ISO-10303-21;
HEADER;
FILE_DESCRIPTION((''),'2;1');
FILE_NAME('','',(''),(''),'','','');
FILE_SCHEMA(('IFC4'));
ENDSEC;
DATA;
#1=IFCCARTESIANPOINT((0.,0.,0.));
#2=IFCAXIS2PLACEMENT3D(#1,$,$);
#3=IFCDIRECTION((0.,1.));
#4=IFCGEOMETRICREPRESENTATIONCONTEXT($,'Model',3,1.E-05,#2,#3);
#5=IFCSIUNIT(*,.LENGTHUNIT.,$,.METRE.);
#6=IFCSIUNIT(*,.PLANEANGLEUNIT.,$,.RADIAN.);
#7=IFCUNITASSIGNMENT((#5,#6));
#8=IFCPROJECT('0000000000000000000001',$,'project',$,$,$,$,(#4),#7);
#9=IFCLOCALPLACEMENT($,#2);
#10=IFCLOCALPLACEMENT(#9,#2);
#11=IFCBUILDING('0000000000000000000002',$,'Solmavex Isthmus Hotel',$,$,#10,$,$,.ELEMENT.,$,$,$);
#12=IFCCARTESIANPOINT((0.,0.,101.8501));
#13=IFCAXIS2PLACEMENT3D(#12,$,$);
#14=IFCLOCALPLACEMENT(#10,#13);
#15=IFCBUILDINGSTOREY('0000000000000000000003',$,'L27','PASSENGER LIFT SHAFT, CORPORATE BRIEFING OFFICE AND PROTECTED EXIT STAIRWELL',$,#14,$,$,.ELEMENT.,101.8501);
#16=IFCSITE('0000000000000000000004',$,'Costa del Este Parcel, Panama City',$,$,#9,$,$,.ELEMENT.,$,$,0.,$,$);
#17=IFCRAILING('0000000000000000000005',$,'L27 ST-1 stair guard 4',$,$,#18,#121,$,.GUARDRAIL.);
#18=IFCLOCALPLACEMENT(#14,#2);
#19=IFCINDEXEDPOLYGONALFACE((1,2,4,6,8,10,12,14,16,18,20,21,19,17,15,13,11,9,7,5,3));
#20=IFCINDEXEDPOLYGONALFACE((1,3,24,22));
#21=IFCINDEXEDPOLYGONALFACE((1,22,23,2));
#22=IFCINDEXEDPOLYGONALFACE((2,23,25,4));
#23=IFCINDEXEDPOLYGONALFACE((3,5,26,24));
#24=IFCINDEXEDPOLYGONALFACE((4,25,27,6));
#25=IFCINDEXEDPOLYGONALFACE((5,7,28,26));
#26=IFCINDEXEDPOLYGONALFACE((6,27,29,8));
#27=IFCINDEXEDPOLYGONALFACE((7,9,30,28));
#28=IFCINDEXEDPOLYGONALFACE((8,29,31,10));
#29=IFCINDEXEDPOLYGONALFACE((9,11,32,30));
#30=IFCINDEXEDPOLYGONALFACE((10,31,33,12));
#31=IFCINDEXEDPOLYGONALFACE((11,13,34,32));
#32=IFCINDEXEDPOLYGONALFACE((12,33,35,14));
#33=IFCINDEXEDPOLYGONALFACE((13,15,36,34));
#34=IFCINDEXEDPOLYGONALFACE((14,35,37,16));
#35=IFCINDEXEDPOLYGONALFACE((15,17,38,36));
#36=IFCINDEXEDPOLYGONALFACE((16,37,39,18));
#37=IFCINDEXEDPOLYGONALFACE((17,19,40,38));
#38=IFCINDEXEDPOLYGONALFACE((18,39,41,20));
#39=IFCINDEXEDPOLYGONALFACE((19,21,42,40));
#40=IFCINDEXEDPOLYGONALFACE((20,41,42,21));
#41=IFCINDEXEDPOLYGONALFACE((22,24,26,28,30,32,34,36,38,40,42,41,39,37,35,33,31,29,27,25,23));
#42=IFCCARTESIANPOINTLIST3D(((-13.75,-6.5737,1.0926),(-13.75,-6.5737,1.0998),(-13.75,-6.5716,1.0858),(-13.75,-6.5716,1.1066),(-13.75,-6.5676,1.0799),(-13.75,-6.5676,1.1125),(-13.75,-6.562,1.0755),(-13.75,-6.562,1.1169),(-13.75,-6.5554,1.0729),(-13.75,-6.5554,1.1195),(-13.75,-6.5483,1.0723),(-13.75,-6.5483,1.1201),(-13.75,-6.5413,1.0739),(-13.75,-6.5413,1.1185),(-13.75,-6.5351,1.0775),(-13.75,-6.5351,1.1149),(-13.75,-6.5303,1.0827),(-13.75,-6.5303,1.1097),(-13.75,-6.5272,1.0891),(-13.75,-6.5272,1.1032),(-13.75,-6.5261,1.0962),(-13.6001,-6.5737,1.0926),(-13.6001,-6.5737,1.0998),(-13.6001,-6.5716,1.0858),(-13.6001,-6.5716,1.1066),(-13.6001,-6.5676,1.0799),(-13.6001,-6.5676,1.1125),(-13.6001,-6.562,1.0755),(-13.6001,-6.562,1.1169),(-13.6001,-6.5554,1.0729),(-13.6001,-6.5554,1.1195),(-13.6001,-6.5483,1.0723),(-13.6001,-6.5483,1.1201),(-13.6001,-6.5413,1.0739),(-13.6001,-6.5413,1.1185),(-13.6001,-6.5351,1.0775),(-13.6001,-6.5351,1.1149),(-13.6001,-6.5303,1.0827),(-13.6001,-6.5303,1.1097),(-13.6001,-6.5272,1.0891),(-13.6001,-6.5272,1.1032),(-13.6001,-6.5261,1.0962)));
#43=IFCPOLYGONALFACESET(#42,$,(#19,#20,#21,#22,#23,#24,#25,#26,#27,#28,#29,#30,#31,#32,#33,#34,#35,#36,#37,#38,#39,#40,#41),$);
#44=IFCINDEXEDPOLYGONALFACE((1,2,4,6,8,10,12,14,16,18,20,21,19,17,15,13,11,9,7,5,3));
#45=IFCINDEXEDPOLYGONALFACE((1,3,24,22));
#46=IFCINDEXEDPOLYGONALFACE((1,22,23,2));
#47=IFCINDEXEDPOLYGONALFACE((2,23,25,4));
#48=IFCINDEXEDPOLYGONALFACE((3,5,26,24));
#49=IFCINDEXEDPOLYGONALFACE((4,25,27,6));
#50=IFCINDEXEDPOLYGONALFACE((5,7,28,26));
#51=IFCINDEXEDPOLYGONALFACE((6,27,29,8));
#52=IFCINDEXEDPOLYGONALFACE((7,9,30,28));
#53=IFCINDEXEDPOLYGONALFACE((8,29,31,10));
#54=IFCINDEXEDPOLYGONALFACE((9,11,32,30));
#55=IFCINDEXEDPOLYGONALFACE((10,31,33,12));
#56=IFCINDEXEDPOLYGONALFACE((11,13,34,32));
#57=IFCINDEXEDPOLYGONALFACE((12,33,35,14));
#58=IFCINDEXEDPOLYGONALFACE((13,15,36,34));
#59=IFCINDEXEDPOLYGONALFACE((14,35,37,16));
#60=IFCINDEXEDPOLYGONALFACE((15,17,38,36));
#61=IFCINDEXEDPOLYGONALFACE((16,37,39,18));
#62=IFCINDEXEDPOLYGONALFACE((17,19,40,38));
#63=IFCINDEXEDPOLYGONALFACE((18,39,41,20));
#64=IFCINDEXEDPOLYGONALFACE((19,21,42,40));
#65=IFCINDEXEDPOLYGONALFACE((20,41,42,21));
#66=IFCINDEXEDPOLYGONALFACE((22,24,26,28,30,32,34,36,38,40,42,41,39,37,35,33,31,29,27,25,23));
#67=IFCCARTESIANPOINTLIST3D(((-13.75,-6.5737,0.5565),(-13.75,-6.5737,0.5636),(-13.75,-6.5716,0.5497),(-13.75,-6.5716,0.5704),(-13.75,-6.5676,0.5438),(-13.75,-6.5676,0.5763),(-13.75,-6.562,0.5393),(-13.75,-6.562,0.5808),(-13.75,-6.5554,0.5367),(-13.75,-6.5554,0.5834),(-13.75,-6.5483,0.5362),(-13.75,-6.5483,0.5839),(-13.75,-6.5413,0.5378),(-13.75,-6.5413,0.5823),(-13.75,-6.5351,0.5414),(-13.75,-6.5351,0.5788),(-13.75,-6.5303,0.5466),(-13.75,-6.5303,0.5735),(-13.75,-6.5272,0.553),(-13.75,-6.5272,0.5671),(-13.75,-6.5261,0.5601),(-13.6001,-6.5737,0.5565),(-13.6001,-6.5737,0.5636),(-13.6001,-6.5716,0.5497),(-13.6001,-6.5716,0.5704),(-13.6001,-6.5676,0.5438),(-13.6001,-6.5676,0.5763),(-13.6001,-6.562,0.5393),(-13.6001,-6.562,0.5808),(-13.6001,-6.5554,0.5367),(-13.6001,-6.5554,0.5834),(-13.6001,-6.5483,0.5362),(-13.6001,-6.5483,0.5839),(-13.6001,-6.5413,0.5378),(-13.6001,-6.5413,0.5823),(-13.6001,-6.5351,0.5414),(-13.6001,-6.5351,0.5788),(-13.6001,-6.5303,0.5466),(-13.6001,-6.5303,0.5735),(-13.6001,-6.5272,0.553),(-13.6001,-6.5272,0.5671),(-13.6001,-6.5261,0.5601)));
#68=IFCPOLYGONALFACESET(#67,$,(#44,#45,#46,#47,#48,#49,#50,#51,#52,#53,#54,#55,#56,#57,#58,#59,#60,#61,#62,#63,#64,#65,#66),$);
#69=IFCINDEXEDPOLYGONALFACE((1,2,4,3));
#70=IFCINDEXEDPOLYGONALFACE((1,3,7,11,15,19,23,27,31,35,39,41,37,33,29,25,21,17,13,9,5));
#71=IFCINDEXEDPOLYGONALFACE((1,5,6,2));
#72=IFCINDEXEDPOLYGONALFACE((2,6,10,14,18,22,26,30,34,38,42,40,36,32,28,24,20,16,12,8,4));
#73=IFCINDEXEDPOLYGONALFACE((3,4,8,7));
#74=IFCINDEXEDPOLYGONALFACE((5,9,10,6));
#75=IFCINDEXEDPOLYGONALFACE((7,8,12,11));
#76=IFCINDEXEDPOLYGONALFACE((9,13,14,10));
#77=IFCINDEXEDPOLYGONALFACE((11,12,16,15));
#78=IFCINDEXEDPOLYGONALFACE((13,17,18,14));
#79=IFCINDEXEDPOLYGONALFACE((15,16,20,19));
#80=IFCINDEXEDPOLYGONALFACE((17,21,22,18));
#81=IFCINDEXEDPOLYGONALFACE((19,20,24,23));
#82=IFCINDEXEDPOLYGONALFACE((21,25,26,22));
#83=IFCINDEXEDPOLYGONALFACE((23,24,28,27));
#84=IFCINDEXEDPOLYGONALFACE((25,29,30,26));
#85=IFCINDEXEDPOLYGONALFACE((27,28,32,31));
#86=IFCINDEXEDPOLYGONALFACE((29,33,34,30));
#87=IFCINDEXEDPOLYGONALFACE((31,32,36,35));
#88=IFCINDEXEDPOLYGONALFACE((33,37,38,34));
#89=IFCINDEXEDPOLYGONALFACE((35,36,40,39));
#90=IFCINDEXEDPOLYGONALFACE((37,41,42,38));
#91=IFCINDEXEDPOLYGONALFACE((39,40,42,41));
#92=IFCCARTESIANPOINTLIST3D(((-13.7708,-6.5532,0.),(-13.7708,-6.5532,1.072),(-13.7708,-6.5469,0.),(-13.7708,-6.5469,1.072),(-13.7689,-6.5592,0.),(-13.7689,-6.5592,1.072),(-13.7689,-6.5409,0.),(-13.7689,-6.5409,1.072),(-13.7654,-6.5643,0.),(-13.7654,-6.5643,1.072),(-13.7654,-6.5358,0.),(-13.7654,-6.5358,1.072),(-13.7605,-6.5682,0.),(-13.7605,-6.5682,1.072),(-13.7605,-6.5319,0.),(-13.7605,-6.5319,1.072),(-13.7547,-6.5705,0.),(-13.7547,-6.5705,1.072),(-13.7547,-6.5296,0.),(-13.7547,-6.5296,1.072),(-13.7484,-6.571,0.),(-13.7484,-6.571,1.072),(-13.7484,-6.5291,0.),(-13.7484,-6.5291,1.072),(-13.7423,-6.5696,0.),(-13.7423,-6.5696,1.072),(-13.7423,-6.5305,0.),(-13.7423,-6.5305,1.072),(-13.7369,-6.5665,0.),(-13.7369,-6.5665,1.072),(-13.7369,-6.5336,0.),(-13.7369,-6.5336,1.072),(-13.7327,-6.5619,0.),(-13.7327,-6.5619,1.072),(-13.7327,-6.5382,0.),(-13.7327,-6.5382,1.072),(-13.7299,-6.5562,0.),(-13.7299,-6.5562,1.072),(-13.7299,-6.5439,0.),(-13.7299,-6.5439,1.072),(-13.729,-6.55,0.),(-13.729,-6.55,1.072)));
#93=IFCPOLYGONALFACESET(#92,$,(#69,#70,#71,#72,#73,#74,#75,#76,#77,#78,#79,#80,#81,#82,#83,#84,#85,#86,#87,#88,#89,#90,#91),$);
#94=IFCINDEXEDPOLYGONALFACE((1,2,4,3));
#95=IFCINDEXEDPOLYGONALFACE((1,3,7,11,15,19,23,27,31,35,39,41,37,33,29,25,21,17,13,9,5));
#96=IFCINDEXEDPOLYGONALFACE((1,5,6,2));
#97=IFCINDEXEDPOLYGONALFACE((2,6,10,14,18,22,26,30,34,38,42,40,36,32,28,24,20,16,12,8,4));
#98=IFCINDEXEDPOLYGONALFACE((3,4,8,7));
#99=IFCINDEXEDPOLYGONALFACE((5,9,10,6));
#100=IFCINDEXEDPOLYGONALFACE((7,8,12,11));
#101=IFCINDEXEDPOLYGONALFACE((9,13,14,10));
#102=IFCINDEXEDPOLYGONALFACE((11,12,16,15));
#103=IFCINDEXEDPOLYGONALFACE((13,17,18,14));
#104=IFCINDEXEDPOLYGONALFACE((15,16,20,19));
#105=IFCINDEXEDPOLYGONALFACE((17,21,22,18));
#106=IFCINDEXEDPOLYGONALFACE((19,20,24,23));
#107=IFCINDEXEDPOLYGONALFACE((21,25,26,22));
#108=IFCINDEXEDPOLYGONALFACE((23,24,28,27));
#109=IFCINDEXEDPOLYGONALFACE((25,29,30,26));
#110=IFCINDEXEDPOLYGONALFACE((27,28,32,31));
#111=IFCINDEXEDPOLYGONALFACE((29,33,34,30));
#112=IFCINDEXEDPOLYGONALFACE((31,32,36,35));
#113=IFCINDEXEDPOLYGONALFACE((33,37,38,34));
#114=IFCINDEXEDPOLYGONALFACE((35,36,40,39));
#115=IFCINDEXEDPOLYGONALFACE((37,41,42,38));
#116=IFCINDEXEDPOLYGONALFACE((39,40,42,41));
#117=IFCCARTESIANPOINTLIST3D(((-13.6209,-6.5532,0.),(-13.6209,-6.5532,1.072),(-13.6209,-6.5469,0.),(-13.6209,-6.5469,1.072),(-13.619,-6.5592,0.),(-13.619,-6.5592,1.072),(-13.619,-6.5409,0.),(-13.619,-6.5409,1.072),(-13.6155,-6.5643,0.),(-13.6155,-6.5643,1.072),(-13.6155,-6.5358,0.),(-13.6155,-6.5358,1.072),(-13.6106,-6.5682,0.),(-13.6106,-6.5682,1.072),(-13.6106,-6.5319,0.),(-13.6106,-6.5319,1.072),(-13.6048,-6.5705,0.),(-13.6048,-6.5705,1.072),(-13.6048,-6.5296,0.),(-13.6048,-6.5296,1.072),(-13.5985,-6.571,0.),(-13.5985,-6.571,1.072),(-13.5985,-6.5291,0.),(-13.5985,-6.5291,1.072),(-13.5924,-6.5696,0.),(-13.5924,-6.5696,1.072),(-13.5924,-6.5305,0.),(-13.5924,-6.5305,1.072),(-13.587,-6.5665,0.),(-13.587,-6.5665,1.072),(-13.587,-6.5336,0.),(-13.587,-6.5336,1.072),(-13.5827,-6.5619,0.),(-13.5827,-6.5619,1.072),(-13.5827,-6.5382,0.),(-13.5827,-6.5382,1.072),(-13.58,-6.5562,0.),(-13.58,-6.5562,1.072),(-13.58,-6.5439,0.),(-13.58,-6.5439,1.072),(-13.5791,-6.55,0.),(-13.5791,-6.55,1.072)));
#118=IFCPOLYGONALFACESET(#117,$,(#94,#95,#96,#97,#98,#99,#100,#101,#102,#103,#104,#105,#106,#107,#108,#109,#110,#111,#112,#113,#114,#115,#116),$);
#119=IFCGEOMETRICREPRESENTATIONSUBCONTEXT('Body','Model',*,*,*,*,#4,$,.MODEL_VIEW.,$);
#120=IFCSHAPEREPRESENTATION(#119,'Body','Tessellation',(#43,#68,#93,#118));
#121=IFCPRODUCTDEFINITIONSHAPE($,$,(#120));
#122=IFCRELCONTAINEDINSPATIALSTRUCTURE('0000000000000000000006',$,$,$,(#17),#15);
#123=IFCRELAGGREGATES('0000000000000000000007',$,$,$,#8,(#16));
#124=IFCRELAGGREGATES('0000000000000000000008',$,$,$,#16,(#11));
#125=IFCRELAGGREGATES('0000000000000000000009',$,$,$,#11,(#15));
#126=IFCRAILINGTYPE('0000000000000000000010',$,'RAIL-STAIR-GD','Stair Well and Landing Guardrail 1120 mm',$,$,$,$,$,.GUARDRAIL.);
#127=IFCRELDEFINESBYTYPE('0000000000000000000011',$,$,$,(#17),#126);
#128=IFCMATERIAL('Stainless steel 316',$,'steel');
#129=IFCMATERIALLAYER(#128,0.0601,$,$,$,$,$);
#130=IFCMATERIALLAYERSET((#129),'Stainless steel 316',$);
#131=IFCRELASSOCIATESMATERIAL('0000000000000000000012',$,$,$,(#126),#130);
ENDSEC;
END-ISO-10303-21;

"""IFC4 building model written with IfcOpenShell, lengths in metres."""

from ifc_helpers import new_model, si_unit, direction, frame, origin, origin_2d, place, context, subcontext, project, spatial, circle, extrude, material, layer, layer_set, type_object, element, save


model = new_model("IFC4")

# Units and contexts
model_context = context("Model", 3, precision=1e-05, world=origin(), true_north=direction((0.0, 1.0)))
body_context = subcontext(model_context, "Body", "Model", "MODEL_VIEW")
ifc_project = project(units=[si_unit("LENGTHUNIT", "METRE"), si_unit("PLANEANGLEUNIT", "RADIAN")], contexts=[model_context])

# Site, building, storey
site_placement = place(None, origin())
site = spatial("IfcSite", under=ifc_project, at=site_placement, Name="Costa del Este Parcel, Panama City", CompositionType="ELEMENT", RefElevation=0.0)
building_placement = place(site_placement, origin())
building = spatial("IfcBuilding", under=site, at=building_placement, Name="Solmavex Isthmus Hotel", CompositionType="ELEMENT")
storey_placement = place(building_placement, frame((0.0, 0.0, 101.8501)))
storey = spatial("IfcBuildingStorey", under=building, at=storey_placement, Name="L27", Description="PASSENGER LIFT SHAFT, CORPORATE BRIEFING OFFICE AND PROTECTED EXIT STAIRWELL", CompositionType="ELEMENT", Elevation=101.8501)

# Railing
ifc_material_1 = material(Name="Stainless steel 316", Category="steel")
ifc_layer_1 = layer(ifc_material_1, 0.0601)
ifc_layer_set_1 = layer_set([ifc_layer_1], Name="Stainless steel 316")
railing_type_1 = type_object("IfcRailingType", Name="RAIL-STAIR-GD", Description="Stair Well and Landing Guardrail 1120 mm", PredefinedType="GUARDRAIL", material=ifc_layer_set_1)
railing_1_placement = place(storey_placement, frame((-13.75, -6.55, 0.0)))
element("IfcRailing", 1, at=railing_1_placement, inside=storey, type_object=railing_type_1, Name="L27 ST-1 stair guard 4", PredefinedType="GUARDRAIL", context=body_context, shape_type="SweptSolid", body=[
    extrude(circle(Radius=0.0239, at=origin_2d()), frame((0.0, 0.0, 1.0962), z_axis=(1.0, 0.0, 0.0), x_axis=(0.0, 1.0, 0.0)), (0.0, 0.0, 1.0), 0.1499),
    extrude(circle(Radius=0.0239, at=origin_2d()), frame((0.0, 0.0, 0.5601), z_axis=(1.0, 0.0, 0.0), x_axis=(0.0, 1.0, 0.0)), (0.0, 0.0, 1.0), 0.1499),
    extrude(circle(Radius=0.021, at=origin_2d()), origin(), (0.0, 0.0, 1.0), 1.072),
    extrude(circle(Radius=0.021, at=origin_2d()), frame((0.1499, 0.0, 0.0)), (0.0, 0.0, 1.0), 1.072),
])

save(model, "model.ifc")
